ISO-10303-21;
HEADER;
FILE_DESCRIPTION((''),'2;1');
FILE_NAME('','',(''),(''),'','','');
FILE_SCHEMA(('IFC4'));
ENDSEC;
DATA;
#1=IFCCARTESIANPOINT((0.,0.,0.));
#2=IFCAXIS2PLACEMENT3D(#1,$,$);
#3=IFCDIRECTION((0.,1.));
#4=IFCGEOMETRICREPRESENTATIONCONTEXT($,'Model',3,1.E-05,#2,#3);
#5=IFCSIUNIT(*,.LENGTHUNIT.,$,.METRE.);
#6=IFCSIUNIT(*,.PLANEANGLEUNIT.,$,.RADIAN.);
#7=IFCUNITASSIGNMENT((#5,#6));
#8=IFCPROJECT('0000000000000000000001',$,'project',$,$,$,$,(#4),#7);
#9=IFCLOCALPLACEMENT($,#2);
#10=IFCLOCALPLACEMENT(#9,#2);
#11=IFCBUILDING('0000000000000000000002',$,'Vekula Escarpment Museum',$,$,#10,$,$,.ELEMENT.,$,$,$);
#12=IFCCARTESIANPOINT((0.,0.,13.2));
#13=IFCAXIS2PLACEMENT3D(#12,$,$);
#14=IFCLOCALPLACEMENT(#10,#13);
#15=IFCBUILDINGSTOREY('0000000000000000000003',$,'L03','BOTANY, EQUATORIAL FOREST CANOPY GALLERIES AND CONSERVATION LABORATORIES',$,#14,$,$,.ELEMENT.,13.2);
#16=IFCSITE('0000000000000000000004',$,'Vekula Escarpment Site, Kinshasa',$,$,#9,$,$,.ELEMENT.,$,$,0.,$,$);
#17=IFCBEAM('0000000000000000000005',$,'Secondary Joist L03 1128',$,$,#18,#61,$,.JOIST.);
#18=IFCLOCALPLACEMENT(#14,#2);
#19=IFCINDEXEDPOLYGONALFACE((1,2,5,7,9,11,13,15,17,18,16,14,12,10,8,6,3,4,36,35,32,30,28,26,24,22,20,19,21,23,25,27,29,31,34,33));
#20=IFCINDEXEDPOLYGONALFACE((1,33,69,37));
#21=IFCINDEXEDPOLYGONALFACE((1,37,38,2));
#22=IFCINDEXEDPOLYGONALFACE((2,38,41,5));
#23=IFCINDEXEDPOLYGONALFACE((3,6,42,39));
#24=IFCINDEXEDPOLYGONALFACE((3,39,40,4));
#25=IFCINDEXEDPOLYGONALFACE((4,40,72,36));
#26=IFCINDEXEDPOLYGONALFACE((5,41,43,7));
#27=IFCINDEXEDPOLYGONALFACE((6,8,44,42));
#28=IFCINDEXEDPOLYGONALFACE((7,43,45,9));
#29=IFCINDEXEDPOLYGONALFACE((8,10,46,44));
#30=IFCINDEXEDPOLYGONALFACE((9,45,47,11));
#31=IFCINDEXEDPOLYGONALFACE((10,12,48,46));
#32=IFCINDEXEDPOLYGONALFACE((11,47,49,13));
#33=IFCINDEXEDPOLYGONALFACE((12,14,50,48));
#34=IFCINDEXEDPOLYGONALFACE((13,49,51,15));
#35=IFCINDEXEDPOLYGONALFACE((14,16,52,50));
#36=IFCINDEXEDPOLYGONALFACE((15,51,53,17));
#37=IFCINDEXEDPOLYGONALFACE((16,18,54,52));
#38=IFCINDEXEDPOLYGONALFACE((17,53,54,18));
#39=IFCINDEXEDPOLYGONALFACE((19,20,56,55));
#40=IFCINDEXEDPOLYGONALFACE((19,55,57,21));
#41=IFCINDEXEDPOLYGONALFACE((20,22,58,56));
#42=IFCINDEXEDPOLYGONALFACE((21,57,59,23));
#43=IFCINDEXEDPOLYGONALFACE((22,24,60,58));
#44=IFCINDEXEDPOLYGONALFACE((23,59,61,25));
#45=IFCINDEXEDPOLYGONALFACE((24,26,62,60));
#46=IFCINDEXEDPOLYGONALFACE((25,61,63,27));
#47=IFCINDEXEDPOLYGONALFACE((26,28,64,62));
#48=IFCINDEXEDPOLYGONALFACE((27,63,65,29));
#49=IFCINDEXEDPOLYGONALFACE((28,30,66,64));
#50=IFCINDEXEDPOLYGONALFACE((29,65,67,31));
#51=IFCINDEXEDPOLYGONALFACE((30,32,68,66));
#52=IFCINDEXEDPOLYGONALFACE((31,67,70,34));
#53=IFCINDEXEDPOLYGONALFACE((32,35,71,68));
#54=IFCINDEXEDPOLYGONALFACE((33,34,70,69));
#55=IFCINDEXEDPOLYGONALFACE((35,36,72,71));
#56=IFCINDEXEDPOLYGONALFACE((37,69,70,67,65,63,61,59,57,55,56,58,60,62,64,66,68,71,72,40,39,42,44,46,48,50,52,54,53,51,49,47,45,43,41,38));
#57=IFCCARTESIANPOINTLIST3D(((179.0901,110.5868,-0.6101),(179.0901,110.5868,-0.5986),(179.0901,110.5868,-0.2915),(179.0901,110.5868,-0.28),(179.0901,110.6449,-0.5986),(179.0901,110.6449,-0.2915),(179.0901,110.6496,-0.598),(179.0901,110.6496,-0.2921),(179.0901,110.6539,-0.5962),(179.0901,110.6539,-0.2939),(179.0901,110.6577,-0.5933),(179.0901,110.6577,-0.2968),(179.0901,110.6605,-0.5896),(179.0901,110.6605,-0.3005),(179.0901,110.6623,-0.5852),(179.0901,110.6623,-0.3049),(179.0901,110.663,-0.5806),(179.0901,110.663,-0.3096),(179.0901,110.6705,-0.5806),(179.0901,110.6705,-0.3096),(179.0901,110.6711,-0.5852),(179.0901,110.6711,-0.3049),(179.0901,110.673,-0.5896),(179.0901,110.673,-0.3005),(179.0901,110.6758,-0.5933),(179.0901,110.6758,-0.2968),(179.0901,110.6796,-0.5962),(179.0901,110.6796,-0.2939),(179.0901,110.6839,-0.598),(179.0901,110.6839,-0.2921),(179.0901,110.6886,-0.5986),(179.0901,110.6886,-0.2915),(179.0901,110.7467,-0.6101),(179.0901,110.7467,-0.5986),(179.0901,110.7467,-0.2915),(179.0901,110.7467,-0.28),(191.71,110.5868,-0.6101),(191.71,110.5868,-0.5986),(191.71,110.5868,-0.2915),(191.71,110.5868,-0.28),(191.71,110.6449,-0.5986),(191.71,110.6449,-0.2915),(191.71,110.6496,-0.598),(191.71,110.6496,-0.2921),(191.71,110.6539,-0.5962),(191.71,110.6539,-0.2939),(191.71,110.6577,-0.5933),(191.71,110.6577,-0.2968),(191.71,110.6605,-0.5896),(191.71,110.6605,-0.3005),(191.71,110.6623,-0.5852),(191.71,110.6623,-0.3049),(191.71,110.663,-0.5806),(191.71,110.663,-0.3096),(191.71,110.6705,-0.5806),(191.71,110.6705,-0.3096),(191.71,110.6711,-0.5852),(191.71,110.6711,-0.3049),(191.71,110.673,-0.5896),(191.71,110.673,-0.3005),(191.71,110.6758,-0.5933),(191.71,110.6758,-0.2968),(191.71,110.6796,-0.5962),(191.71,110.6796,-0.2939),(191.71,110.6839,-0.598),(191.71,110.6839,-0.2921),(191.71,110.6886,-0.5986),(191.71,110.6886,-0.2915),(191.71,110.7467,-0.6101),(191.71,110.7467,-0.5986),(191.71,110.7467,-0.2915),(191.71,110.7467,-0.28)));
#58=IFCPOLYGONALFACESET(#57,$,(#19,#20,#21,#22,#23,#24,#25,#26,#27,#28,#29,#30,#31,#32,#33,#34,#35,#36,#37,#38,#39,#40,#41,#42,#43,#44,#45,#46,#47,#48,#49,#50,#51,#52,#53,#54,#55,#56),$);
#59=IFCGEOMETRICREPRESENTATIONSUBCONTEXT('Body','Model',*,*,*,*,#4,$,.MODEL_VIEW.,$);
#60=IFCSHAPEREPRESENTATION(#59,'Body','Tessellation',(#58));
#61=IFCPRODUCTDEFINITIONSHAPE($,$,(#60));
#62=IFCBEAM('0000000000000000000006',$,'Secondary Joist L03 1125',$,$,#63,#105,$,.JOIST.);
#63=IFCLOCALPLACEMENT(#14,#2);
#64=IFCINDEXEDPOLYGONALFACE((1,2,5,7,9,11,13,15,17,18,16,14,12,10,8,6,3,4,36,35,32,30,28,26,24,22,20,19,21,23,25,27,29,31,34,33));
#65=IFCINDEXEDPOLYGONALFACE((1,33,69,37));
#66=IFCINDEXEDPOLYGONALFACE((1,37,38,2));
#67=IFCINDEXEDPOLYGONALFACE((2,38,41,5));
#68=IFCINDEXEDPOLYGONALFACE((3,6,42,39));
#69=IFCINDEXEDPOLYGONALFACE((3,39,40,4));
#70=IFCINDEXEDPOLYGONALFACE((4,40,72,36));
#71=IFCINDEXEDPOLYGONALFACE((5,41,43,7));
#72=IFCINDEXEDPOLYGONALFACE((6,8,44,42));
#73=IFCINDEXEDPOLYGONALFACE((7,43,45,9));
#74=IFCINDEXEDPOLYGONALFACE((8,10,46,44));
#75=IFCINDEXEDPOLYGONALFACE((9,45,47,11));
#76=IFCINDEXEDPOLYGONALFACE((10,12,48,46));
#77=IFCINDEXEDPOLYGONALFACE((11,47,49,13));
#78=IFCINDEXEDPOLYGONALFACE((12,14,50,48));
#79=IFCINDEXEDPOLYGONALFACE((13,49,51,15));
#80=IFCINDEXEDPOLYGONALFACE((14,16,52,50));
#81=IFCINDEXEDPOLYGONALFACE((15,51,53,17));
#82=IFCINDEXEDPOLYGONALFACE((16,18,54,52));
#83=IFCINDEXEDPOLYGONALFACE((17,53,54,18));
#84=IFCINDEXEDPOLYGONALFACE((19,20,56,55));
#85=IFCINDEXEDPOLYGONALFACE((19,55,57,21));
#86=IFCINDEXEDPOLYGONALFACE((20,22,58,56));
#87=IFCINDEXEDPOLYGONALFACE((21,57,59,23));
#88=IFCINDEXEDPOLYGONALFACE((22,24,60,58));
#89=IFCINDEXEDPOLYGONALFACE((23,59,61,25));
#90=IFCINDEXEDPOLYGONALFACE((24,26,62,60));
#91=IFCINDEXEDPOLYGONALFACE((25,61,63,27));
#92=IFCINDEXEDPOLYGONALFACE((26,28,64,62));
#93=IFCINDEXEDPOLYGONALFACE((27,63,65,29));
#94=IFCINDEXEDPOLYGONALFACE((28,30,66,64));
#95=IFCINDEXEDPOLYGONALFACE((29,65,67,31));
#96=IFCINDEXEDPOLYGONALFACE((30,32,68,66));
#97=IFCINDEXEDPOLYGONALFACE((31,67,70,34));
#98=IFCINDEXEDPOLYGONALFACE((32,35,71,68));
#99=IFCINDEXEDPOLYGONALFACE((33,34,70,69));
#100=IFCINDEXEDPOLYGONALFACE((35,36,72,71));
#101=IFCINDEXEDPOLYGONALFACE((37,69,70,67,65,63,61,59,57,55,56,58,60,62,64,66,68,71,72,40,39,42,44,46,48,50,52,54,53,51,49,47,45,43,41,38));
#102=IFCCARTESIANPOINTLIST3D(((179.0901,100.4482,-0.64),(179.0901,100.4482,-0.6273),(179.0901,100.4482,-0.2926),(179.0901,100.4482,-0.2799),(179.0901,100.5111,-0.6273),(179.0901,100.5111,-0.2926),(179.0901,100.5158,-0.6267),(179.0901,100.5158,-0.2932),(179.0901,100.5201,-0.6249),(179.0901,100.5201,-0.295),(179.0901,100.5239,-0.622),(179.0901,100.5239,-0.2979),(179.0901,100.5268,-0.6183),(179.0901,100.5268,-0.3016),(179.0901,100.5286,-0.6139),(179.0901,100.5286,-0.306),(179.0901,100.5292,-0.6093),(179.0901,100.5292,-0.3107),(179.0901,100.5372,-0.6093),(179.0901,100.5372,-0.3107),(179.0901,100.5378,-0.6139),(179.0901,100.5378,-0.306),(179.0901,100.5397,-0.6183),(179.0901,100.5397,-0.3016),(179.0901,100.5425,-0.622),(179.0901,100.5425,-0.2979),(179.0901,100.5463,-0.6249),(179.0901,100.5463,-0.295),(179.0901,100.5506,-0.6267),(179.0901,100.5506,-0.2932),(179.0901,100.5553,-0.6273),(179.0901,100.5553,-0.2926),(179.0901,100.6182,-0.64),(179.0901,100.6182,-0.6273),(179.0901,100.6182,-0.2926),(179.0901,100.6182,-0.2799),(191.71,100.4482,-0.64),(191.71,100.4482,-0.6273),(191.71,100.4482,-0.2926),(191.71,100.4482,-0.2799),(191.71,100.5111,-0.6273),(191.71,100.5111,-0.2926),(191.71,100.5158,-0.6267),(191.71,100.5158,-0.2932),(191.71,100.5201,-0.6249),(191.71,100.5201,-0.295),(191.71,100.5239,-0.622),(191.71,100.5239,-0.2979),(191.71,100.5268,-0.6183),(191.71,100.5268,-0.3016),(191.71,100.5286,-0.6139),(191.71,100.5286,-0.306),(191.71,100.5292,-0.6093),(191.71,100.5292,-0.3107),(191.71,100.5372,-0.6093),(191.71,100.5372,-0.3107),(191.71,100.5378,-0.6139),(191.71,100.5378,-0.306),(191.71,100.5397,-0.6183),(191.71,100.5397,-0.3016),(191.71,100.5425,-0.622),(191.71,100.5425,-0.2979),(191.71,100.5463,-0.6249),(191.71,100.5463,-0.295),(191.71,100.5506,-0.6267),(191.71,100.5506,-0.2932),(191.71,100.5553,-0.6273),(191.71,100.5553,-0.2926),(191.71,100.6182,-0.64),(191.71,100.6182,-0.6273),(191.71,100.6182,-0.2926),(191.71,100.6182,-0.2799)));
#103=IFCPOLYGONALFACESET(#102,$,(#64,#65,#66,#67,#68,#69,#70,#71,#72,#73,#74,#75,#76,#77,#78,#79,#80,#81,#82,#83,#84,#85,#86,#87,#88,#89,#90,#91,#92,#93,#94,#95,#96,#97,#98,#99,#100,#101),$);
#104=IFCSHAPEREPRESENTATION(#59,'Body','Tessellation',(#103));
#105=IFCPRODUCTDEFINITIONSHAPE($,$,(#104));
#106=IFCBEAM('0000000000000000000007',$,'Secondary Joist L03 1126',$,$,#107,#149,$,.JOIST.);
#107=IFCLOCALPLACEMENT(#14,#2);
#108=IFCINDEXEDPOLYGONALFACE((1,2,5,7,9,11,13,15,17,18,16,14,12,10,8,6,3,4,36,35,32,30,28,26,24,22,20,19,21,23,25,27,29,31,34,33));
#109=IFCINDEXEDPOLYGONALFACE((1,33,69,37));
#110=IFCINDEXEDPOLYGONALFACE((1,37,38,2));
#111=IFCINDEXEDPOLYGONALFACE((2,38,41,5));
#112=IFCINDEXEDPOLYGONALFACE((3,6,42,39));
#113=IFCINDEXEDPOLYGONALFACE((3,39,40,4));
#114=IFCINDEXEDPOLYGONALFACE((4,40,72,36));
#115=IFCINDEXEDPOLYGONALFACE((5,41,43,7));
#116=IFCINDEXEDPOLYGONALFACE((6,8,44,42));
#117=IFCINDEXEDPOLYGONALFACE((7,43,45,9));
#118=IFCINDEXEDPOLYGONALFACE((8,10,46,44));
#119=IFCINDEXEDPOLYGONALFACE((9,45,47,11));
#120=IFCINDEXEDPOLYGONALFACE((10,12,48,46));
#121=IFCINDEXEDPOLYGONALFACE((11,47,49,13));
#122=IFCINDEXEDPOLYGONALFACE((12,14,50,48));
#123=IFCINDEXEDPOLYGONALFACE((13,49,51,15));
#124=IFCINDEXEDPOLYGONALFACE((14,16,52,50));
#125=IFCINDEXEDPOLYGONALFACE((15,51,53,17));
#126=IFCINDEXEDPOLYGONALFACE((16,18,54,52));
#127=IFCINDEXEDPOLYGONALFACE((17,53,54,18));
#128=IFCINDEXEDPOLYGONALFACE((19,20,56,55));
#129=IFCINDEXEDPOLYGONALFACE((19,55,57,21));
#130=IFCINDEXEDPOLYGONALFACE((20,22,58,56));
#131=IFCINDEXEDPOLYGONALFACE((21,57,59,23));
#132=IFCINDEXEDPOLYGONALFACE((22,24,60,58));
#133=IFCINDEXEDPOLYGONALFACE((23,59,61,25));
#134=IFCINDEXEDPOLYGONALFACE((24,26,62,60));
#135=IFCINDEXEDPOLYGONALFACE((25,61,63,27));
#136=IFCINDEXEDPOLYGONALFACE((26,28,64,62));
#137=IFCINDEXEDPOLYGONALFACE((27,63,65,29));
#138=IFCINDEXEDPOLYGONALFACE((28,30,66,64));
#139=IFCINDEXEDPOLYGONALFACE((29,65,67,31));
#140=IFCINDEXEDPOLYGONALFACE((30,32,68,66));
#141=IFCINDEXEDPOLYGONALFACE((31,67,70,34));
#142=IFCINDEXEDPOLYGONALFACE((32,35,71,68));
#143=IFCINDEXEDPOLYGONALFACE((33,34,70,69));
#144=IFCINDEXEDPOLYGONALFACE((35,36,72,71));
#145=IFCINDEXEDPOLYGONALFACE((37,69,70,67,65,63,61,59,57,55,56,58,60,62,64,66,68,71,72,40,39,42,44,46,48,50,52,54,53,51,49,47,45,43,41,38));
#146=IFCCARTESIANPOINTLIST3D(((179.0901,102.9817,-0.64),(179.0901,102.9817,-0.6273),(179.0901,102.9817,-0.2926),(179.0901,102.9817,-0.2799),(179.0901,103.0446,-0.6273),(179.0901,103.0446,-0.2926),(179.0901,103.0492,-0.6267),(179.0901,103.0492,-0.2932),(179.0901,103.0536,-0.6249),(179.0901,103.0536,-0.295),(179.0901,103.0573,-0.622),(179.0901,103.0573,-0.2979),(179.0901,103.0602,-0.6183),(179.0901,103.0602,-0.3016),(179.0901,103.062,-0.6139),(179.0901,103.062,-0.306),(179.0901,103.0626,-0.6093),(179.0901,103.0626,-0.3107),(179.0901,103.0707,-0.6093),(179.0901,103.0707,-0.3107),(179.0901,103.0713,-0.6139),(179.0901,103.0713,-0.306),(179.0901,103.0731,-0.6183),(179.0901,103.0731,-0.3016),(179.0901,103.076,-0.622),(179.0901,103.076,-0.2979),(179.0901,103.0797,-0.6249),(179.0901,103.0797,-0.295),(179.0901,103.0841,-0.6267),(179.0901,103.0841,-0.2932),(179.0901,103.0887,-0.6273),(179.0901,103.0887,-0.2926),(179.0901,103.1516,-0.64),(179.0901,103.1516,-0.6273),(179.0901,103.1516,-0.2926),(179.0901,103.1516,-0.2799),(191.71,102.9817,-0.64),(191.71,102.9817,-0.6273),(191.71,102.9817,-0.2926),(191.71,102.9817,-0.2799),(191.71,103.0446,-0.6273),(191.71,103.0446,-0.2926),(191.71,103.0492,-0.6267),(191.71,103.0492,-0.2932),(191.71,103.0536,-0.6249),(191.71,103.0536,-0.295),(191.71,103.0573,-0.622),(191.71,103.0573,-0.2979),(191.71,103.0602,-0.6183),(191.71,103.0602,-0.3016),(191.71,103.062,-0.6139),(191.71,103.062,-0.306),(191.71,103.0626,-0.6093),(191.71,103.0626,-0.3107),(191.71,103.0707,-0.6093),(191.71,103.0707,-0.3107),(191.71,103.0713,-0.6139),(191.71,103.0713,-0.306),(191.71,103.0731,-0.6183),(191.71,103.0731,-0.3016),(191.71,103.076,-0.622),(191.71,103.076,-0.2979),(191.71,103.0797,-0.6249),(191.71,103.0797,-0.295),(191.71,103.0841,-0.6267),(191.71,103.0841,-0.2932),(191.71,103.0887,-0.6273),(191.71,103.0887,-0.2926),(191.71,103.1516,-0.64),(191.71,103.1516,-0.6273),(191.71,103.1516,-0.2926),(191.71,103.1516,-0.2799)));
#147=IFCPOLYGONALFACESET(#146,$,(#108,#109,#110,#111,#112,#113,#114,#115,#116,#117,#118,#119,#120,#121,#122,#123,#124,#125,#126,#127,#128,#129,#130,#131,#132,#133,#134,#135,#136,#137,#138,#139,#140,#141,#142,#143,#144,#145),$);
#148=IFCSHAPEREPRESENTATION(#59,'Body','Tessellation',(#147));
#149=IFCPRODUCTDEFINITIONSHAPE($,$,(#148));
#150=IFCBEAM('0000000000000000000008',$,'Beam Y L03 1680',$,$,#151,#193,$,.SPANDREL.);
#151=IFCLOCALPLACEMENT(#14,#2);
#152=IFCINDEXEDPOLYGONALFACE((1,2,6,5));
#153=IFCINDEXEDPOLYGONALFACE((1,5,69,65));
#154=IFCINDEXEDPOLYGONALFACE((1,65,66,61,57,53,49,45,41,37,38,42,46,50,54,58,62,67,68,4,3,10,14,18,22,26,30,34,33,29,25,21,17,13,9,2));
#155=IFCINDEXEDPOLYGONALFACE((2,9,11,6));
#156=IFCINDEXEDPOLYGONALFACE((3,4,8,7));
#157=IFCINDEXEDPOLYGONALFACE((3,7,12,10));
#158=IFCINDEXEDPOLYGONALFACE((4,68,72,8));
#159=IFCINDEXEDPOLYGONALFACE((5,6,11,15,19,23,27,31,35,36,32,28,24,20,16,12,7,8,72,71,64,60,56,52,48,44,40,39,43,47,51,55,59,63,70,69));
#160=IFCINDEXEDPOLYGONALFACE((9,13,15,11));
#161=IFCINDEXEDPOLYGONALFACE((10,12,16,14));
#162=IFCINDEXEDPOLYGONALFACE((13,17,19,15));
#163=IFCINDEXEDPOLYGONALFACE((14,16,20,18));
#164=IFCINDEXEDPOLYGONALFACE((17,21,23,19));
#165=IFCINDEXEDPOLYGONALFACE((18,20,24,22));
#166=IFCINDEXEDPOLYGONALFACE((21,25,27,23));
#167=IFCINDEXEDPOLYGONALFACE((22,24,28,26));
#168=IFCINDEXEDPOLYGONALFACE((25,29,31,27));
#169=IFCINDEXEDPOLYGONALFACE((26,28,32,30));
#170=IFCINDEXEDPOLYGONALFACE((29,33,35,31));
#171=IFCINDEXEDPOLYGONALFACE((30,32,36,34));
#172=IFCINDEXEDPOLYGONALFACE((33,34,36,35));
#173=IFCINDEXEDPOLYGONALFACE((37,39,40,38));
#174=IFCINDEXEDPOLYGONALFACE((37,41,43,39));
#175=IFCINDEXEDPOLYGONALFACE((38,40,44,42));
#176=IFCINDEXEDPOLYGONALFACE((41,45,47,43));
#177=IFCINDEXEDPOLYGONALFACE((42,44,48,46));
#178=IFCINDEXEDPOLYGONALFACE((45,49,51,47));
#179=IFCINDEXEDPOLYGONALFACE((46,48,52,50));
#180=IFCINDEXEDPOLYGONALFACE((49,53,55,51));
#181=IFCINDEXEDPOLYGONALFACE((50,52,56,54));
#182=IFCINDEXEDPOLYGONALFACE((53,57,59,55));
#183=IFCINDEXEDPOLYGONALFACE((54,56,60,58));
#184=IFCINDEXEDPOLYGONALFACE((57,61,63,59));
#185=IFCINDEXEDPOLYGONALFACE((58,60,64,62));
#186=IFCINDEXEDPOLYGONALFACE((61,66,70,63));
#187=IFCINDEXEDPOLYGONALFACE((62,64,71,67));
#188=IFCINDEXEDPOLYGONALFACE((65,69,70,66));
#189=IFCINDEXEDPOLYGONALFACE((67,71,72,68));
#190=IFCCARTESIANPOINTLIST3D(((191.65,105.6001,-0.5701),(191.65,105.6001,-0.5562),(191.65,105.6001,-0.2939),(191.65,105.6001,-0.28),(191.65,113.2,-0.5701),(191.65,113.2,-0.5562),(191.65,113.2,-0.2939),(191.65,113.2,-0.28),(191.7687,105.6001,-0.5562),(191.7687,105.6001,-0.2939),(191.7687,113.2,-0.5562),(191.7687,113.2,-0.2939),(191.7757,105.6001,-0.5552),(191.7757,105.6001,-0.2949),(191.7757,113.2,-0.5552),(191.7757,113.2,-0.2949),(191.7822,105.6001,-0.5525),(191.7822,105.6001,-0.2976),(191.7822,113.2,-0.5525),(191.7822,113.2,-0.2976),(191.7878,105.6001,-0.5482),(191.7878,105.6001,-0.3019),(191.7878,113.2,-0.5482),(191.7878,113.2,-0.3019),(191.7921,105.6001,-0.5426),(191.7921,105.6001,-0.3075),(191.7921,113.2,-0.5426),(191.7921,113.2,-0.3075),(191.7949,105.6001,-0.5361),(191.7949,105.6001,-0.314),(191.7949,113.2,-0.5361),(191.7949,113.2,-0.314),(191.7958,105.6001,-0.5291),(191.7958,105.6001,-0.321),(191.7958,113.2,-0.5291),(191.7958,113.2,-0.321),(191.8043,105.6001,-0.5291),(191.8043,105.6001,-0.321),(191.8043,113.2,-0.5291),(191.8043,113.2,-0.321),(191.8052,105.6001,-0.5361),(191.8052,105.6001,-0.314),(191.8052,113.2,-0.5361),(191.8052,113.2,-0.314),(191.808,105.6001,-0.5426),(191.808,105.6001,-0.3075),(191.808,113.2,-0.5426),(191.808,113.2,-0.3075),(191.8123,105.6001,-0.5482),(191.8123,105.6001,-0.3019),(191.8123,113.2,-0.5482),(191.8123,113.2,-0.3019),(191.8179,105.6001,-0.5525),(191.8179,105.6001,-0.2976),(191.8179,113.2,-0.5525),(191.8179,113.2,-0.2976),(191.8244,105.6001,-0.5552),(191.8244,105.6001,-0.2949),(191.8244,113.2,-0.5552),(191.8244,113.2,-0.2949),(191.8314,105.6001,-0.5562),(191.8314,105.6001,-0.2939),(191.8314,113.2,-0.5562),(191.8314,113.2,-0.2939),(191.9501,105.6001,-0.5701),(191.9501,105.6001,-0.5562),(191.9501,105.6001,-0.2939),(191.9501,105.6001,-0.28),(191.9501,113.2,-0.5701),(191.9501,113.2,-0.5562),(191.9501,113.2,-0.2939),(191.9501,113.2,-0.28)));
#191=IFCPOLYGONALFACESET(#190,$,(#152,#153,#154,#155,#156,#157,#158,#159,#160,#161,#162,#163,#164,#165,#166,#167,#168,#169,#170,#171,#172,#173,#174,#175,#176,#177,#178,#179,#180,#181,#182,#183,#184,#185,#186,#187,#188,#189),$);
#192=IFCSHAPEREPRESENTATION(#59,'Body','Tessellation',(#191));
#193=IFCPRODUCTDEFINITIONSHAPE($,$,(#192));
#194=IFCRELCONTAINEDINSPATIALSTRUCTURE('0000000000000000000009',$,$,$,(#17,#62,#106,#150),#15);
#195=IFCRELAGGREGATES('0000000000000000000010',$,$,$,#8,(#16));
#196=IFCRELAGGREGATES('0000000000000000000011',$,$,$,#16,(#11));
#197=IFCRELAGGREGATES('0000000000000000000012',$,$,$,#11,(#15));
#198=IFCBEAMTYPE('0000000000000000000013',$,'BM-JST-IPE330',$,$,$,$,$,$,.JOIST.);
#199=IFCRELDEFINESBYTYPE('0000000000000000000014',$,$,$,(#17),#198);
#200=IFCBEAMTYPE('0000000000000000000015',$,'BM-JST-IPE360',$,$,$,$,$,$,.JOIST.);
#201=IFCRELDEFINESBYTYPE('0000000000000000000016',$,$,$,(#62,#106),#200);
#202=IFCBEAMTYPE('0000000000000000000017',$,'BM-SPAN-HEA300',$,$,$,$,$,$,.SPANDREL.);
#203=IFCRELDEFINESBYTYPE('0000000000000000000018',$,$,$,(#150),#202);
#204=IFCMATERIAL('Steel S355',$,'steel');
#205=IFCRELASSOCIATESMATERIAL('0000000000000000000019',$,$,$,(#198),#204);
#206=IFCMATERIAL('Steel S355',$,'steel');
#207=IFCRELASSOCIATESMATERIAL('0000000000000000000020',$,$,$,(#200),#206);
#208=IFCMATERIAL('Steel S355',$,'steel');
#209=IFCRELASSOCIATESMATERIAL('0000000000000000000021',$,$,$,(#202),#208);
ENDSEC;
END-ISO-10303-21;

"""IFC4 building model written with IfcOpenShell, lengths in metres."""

from ifc_helpers import new_model, si_unit, direction, frame, origin, origin_2d, place, context, subcontext, project, spatial, i_section, extrude, material, material_profile, profile_set, type_object, element, save


model = new_model("IFC4")

# Units and contexts
model_context = context("Model", 3, precision=1e-05, world=origin(), true_north=direction((0.0, 1.0)))
body_context = subcontext(model_context, "Body", "Model", "MODEL_VIEW")
ifc_project = project(units=[si_unit("LENGTHUNIT", "METRE"), si_unit("PLANEANGLEUNIT", "RADIAN")], contexts=[model_context])

# Site, building, storey
site_placement = place(None, origin())
site = spatial("IfcSite", under=ifc_project, at=site_placement, Name="Vekula Escarpment Site, Kinshasa", CompositionType="ELEMENT", RefElevation=0.0)
building_placement = place(site_placement, origin())
building = spatial("IfcBuilding", under=site, at=building_placement, Name="Vekula Escarpment Museum", CompositionType="ELEMENT")
storey_placement = place(building_placement, frame((0.0, 0.0, 13.2)))
storey = spatial("IfcBuildingStorey", under=building, at=storey_placement, Name="L03", Description="BOTANY, EQUATORIAL FOREST CANOPY GALLERIES AND CONSERVATION LABORATORIES", CompositionType="ELEMENT", Elevation=13.2)

# Beams
ifc_material_1 = material(Name="Steel S355", Category="steel")
ifc_material_profile_1 = material_profile(ifc_material_1, i_section(OverallWidth=0.1599, OverallDepth=0.3301, WebThickness=0.0076, FlangeThickness=0.0115, FilletRadius=0.0181, at=origin_2d()), Name="IPE 330")
ifc_profile_set_1 = profile_set([ifc_material_profile_1], Name="Steel S355")
beam_type_1 = type_object("IfcBeamType", Name="BM-JST-IPE330", PredefinedType="JOIST", material=ifc_profile_set_1)
for number, where, z_axis, x_axis, name in (
    (1, (179.0901, 110.6667, -0.4451), (1.0, 0.0, 0.0), (0.0, 1.0, 0.0), "Secondary Joist L03 1128"),
):
    element("IfcBeam", number, at=place(storey_placement, frame(where, z_axis=z_axis, x_axis=x_axis)), inside=storey, type_object=beam_type_1, Name=name, PredefinedType="JOIST", context=body_context, shape_type="SweptSolid", body=[
        extrude(i_section(OverallWidth=0.1599, OverallDepth=0.3301, WebThickness=0.0076, FlangeThickness=0.0115, FilletRadius=0.0181, at=origin_2d()), origin(), (0.0, 0.0, 1.0), 12.6199),
    ])
ifc_material_2 = material(Name="Steel S355", Category="steel")
ifc_material_profile_2 = material_profile(ifc_material_2, i_section(OverallWidth=0.1699, OverallDepth=0.3601, WebThickness=0.0081, FlangeThickness=0.0127, FilletRadius=0.0181, at=origin_2d()), Name="IPE 360")
ifc_profile_set_2 = profile_set([ifc_material_profile_2], Name="Steel S355")
beam_type_2 = type_object("IfcBeamType", Name="BM-JST-IPE360", PredefinedType="JOIST", material=ifc_profile_set_2)
for number, where, z_axis, x_axis, name in (
    (2, (179.0901, 100.5332, -0.46), (1.0, 0.0, 0.0), (0.0, 1.0, 0.0), "Secondary Joist L03 1125"),
    (3, (179.0901, 103.0667, -0.46), (1.0, 0.0, 0.0), (0.0, 1.0, 0.0), "Secondary Joist L03 1126"),
):
    element("IfcBeam", number, at=place(storey_placement, frame(where, z_axis=z_axis, x_axis=x_axis)), inside=storey, type_object=beam_type_2, Name=name, PredefinedType="JOIST", context=body_context, shape_type="SweptSolid", body=[
        extrude(i_section(OverallWidth=0.1699, OverallDepth=0.3601, WebThickness=0.0081, FlangeThickness=0.0127, FilletRadius=0.0181, at=origin_2d()), origin(), (0.0, 0.0, 1.0), 12.6199),
    ])
ifc_material_3 = material(Name="Steel S355", Category="steel")
ifc_material_profile_3 = material_profile(ifc_material_3, i_section(OverallWidth=0.3, OverallDepth=0.29, WebThickness=0.0085, FlangeThickness=0.0139, FilletRadius=0.0271, at=origin_2d()), Name="HEA 300")
ifc_profile_set_3 = profile_set([ifc_material_profile_3], Name="Steel S355")
beam_type_3 = type_object("IfcBeamType", Name="BM-SPAN-HEA300", PredefinedType="SPANDREL", material=ifc_profile_set_3)
beam_1_placement = place(storey_placement, frame((191.8, 105.6001, -0.425), z_axis=(0.0, 1.0, 0.0), x_axis=(-1.0, 0.0, 0.0)))
element("IfcBeam", 4, at=beam_1_placement, inside=storey, type_object=beam_type_3, Name="Beam Y L03 1680", PredefinedType="SPANDREL", context=body_context, shape_type="SweptSolid", body=[
    extrude(i_section(OverallWidth=0.3, OverallDepth=0.29, WebThickness=0.0085, FlangeThickness=0.0139, FilletRadius=0.0271, at=origin_2d()), origin(), (0.0, 0.0, 1.0), 7.5999),
])

save(model, "model.ifc")
